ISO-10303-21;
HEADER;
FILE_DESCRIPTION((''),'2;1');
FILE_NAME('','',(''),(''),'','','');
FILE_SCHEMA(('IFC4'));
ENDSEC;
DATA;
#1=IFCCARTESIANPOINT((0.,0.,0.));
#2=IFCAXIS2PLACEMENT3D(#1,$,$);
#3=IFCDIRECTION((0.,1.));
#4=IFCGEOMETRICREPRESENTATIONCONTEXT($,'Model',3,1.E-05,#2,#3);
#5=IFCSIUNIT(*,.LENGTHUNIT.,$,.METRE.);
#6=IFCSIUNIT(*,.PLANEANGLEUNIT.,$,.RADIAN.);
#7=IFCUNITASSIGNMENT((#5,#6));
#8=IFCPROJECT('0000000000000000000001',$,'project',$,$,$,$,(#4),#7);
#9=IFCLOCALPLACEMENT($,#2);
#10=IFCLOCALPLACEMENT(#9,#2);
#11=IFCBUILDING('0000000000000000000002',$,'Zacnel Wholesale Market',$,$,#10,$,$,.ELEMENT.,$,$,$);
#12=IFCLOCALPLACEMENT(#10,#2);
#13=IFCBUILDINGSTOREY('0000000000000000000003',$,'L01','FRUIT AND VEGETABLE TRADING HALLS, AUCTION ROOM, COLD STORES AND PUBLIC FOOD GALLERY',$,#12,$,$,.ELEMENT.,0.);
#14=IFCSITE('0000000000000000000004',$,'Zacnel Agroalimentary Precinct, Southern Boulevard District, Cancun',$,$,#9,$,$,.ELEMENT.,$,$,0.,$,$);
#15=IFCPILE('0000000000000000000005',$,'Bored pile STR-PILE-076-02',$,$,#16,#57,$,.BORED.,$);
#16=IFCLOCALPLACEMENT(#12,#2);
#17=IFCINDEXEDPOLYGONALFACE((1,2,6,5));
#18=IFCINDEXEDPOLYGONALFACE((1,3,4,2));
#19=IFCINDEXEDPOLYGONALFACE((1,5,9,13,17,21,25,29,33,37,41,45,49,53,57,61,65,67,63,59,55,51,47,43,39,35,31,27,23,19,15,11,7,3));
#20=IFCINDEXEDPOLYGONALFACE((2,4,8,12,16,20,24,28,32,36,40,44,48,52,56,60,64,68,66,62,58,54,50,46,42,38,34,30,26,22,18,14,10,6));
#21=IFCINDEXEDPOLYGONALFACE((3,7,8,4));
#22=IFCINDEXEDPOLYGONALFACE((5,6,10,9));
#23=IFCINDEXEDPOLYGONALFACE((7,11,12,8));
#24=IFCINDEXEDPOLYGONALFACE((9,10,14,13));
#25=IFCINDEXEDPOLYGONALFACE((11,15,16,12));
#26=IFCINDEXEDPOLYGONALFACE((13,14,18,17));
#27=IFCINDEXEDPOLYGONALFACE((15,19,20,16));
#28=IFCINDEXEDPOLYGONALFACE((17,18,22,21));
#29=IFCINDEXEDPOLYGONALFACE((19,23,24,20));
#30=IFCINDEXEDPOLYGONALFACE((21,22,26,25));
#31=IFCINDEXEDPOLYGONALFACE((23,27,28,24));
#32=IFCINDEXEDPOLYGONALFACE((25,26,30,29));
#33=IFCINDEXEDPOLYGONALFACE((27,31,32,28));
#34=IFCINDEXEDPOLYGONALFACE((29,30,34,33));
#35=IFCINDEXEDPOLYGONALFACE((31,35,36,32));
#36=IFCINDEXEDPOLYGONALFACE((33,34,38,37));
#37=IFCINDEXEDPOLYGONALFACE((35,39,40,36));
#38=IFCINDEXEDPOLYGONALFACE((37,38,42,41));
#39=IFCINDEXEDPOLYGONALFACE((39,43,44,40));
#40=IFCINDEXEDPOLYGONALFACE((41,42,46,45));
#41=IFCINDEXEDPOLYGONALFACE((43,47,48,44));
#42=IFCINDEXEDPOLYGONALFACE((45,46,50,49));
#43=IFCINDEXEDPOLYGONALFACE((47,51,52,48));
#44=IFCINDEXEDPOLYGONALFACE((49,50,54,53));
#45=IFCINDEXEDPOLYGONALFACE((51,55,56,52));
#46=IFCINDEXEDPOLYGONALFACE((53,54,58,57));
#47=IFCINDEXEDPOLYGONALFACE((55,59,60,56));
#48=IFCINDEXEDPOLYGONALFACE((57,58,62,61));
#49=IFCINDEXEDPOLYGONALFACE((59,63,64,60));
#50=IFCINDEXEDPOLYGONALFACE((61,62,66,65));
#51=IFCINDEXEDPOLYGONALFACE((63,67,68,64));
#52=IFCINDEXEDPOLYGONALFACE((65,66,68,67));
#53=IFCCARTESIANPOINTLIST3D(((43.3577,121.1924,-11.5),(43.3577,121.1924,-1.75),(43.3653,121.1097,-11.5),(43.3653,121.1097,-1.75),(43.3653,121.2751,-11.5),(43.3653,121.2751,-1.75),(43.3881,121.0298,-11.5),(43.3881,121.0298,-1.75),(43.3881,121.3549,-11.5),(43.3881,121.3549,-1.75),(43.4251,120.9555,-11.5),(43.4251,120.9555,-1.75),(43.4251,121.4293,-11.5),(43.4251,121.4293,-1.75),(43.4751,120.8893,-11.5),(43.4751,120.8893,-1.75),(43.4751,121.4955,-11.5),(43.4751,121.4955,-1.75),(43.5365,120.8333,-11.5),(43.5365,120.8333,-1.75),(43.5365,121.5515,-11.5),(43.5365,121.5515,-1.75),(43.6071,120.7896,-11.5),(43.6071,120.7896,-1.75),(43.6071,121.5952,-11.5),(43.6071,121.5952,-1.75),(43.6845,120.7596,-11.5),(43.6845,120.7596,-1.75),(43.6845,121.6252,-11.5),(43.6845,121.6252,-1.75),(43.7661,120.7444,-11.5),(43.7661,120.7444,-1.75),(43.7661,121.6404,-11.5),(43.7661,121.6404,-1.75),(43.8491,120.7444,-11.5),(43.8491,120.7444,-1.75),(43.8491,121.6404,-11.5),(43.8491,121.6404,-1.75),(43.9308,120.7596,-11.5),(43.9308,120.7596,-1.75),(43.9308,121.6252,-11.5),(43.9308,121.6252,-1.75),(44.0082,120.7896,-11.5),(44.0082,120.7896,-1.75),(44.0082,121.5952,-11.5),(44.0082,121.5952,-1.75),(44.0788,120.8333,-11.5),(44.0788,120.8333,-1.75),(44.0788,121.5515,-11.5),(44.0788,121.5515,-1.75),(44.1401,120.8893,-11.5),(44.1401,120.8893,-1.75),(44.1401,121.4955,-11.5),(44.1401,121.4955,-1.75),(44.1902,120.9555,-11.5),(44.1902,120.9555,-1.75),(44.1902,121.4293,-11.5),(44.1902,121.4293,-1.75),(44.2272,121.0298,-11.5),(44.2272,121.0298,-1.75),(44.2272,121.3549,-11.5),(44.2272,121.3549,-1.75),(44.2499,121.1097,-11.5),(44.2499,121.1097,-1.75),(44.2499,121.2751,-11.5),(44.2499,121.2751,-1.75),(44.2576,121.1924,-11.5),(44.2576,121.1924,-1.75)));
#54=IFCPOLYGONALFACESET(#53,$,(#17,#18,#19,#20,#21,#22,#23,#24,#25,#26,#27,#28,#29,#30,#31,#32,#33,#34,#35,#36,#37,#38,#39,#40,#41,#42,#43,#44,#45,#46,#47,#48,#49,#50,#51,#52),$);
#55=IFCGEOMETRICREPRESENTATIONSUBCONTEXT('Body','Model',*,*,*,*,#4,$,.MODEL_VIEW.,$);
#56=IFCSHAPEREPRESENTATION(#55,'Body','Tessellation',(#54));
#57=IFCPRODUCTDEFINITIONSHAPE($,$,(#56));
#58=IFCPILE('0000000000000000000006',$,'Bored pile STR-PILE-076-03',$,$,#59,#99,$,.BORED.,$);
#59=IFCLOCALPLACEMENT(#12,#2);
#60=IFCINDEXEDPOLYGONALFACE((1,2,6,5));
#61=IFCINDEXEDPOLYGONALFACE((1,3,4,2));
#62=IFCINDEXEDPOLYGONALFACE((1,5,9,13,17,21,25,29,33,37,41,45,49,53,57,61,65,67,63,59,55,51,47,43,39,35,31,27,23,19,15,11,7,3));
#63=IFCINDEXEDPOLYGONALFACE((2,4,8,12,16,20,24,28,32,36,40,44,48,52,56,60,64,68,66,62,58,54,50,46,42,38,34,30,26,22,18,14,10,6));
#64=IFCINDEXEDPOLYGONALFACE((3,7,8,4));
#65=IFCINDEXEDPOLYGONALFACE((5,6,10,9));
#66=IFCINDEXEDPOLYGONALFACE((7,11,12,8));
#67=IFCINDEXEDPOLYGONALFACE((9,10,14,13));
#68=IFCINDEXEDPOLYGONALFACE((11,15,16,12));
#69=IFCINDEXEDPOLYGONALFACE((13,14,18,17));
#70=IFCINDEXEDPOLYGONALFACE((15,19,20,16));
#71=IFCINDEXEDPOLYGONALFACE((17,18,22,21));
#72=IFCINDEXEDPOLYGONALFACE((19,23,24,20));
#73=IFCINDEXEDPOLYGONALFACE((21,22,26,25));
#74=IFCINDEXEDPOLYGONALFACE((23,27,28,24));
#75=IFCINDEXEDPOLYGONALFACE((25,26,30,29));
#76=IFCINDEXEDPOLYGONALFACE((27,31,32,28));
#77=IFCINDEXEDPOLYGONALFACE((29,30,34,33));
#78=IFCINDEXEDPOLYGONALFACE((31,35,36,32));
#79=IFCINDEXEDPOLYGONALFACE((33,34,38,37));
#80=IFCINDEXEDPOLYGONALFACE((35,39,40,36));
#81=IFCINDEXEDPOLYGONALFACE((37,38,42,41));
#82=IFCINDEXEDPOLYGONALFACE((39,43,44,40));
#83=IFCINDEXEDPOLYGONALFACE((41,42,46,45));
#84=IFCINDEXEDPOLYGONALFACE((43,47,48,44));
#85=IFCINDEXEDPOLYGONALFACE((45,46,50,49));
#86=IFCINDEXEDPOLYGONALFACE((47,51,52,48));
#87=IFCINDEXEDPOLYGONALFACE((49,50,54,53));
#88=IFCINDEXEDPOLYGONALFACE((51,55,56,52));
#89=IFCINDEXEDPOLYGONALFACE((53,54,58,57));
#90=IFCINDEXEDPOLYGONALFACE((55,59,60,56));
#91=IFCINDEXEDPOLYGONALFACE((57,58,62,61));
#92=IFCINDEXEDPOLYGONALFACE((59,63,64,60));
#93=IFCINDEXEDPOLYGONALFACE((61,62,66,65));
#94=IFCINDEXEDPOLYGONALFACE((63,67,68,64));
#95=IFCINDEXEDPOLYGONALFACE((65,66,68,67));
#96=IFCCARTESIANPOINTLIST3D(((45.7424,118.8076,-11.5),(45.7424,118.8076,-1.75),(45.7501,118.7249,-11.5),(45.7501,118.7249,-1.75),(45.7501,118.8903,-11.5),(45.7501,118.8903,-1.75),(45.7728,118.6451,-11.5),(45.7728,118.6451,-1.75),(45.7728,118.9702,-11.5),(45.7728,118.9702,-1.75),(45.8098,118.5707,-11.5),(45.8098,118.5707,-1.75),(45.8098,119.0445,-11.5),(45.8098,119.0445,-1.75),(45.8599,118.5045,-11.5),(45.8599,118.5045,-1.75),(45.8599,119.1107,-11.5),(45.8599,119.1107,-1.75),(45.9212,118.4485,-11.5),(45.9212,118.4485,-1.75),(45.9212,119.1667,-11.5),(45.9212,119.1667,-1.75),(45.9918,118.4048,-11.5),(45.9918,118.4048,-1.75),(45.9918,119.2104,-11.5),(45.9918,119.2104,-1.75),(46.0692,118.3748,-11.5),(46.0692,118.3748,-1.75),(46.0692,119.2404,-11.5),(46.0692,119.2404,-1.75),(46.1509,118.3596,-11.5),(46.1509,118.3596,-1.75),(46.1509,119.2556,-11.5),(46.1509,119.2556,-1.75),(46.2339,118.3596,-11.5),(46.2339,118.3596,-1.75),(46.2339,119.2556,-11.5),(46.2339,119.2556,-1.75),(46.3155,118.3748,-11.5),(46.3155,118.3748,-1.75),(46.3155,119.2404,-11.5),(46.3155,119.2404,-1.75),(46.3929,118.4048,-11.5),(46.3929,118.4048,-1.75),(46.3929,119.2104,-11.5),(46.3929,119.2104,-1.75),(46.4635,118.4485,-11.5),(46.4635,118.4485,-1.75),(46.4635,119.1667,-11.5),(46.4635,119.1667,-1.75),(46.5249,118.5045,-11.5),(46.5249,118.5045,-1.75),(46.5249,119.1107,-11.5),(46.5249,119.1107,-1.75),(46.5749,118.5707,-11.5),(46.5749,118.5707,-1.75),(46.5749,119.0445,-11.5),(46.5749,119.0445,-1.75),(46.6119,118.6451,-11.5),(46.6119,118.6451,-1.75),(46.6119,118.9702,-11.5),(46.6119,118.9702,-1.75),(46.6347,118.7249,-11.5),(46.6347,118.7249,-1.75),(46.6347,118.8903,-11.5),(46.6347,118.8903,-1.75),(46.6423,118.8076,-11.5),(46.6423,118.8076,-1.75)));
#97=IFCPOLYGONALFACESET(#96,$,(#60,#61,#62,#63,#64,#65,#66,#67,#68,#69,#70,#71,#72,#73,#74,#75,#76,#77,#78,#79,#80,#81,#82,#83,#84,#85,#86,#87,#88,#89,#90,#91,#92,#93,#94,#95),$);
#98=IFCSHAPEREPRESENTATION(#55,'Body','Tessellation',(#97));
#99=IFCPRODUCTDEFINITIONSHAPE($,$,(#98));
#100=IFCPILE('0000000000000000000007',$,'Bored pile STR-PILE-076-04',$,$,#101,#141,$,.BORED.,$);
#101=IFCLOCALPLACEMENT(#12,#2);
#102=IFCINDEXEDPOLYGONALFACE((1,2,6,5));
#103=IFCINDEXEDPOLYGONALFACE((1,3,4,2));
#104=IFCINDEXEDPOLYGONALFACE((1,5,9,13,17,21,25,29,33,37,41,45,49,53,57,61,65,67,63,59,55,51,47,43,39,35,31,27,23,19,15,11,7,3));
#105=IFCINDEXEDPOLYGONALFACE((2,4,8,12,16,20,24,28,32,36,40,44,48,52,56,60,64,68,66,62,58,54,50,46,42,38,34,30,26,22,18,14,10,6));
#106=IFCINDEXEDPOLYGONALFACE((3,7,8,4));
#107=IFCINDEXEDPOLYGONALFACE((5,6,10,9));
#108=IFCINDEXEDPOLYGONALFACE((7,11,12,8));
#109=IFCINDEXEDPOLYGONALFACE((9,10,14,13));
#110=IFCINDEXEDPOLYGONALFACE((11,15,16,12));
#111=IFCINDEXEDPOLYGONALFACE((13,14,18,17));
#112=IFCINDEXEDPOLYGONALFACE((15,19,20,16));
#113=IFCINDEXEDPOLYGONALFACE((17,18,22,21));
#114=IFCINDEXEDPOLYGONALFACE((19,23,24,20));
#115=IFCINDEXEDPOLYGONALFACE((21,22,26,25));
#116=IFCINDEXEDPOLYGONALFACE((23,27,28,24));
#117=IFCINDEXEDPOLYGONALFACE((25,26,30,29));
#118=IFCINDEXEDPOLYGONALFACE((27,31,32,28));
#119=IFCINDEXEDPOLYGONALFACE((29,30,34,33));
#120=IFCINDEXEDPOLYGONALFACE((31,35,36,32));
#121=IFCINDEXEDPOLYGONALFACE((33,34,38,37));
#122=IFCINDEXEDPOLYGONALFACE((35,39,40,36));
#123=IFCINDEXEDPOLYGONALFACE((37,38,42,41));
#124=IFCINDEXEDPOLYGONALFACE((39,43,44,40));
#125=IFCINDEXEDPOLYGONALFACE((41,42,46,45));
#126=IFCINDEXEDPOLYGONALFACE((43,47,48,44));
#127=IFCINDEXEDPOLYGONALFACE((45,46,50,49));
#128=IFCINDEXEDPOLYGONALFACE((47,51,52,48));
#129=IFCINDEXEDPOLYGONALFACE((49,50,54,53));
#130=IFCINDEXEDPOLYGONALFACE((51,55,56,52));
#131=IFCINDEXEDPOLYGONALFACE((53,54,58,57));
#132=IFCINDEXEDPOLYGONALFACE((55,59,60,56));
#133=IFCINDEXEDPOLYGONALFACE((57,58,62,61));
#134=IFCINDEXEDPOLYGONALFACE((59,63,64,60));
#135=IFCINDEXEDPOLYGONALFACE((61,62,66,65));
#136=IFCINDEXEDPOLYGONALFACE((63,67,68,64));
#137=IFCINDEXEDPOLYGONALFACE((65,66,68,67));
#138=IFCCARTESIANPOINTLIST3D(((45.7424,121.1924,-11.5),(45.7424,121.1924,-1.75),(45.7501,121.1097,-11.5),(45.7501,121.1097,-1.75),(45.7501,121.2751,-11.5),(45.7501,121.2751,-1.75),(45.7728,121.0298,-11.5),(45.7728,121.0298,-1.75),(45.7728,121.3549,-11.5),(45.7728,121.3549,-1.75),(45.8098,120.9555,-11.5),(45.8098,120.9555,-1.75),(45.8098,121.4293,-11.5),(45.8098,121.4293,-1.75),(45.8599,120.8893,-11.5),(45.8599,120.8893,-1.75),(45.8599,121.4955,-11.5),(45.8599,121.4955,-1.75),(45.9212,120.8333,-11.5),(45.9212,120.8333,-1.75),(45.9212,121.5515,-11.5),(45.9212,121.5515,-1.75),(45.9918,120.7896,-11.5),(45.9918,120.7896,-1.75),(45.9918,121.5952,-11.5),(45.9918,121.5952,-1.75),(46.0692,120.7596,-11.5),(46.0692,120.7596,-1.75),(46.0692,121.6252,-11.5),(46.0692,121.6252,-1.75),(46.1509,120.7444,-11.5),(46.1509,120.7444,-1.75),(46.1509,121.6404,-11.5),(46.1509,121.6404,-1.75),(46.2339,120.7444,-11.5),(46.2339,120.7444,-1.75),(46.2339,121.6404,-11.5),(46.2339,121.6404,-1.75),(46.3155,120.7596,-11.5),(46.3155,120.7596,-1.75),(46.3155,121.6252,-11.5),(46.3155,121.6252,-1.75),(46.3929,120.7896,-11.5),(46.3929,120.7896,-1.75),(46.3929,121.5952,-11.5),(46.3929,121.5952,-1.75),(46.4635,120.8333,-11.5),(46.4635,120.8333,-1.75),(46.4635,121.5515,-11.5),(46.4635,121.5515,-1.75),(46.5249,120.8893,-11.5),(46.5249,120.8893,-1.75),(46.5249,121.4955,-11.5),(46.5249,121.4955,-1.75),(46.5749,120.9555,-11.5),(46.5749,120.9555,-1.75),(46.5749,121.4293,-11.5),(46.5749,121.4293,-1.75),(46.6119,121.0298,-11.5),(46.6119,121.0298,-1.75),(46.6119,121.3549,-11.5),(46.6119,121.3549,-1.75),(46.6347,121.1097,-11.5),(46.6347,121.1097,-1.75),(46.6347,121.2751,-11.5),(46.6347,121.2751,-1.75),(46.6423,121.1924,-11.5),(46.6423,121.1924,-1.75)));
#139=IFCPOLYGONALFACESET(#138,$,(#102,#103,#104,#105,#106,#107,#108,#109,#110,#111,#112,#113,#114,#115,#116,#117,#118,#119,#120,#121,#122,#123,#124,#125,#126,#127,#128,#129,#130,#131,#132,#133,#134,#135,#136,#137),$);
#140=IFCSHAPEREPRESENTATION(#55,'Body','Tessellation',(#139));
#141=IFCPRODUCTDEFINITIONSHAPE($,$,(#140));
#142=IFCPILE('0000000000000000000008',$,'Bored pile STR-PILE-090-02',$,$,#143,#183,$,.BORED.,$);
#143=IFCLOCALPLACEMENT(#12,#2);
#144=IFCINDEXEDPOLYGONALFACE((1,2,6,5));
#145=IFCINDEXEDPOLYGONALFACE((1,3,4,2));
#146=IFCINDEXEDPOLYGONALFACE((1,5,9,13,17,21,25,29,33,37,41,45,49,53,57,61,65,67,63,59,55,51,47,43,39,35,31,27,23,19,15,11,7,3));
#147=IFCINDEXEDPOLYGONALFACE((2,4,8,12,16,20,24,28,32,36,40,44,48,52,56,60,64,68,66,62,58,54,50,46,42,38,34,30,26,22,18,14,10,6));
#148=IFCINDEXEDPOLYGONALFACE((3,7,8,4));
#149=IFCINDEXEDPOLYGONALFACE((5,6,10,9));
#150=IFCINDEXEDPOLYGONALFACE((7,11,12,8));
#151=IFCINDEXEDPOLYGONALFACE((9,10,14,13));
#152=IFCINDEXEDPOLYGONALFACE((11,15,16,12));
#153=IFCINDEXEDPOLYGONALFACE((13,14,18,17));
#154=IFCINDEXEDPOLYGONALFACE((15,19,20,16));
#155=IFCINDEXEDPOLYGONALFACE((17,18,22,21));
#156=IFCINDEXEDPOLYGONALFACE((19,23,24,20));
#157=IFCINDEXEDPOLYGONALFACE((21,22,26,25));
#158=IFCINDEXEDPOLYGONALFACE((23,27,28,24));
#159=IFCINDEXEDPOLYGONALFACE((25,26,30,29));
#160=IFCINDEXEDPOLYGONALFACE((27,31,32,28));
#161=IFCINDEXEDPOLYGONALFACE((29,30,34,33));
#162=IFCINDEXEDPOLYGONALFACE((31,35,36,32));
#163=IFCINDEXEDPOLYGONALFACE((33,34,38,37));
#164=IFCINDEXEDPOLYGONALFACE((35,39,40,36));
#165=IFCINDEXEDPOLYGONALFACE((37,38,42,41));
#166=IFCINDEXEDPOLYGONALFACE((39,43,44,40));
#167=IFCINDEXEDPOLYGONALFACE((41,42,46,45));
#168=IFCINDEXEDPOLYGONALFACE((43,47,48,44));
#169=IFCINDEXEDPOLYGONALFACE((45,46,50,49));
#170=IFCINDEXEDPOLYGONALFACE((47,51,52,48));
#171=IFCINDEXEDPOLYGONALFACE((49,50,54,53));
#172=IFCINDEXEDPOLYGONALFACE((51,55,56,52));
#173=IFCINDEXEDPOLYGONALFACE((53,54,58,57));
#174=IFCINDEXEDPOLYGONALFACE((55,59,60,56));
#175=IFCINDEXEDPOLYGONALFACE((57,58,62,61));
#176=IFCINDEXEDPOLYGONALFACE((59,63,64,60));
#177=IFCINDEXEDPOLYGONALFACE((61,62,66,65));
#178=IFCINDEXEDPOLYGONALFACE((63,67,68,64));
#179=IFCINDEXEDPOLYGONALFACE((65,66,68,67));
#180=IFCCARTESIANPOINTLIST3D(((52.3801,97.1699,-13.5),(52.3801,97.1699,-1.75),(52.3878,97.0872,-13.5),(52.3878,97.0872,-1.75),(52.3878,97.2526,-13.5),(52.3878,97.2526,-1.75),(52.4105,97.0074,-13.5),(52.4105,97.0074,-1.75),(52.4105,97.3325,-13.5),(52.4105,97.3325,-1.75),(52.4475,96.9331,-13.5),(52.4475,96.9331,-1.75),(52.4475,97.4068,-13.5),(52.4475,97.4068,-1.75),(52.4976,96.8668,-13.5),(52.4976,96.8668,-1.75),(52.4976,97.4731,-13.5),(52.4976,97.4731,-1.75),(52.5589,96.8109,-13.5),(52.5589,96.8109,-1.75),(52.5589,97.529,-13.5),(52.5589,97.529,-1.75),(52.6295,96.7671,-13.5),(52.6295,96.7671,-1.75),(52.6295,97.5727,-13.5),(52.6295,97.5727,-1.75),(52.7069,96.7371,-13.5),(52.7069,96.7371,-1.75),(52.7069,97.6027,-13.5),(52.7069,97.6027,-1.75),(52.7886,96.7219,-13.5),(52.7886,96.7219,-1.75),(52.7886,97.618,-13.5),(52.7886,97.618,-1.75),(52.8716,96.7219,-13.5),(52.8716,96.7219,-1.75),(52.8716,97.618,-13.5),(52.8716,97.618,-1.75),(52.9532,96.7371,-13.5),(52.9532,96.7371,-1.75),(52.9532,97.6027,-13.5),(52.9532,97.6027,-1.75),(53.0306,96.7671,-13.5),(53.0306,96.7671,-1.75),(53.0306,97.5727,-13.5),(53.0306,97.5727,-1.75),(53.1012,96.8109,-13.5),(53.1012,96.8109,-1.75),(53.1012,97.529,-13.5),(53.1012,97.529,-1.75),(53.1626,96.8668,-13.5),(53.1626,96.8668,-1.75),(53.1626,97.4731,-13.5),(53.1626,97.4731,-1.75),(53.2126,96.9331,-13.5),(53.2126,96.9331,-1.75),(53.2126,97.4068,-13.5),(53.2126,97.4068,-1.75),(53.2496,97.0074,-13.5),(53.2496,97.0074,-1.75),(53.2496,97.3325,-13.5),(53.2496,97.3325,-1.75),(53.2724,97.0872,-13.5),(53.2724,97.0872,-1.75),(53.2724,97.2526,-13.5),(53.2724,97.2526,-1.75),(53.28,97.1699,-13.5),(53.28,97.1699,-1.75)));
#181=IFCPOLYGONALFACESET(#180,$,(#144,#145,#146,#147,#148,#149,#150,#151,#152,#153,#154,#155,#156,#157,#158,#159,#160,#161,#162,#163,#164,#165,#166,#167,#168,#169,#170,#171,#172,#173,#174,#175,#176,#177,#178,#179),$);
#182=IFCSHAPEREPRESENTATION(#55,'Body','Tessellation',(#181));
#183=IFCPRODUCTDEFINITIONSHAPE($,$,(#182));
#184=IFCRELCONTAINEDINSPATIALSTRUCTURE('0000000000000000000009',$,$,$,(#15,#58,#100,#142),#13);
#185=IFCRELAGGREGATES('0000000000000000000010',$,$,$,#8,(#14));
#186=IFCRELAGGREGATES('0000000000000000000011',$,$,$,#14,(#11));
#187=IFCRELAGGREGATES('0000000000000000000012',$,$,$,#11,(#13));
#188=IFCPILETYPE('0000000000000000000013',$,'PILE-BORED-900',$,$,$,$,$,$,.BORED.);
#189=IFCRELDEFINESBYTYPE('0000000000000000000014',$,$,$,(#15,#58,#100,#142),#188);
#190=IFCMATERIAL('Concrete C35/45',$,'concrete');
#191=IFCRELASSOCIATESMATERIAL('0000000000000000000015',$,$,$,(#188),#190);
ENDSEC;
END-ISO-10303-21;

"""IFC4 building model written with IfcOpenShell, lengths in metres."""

from ifc_helpers import new_model, si_unit, direction, frame, origin, origin_2d, place, context, subcontext, project, spatial, circle, extrude, material, material_profile, profile_set, type_object, element, save


model = new_model("IFC4")

# Units and contexts
model_context = context("Model", 3, precision=1e-05, world=origin(), true_north=direction((0.0, 1.0)))
body_context = subcontext(model_context, "Body", "Model", "MODEL_VIEW")
ifc_project = project(units=[si_unit("LENGTHUNIT", "METRE"), si_unit("PLANEANGLEUNIT", "RADIAN")], contexts=[model_context])

# Site, building, storey
site_placement = place(None, origin())
site = spatial("IfcSite", under=ifc_project, at=site_placement, Name="Zacnel Agroalimentary Precinct, Southern Boulevard District, Cancun", CompositionType="ELEMENT", RefElevation=0.0)
building_placement = place(site_placement, origin())
building = spatial("IfcBuilding", under=site, at=building_placement, Name="Zacnel Wholesale Market", CompositionType="ELEMENT")
storey_placement = place(building_placement, origin())
storey = spatial("IfcBuildingStorey", under=building, at=storey_placement, Name="L01", Description="FRUIT AND VEGETABLE TRADING HALLS, AUCTION ROOM, COLD STORES AND PUBLIC FOOD GALLERY", CompositionType="ELEMENT", Elevation=0.0)

# Piles
ifc_material_1 = material(Name="Concrete C35/45", Category="concrete")
ifc_material_profile_1 = material_profile(ifc_material_1, circle(Radius=0.45, at=origin_2d()), Name="BORED PILE D900")
ifc_profile_set_1 = profile_set([ifc_material_profile_1], Name="Concrete C35/45")
pile_type = type_object("IfcPileType", Name="PILE-BORED-900", PredefinedType="BORED", material=ifc_profile_set_1)
for number, where, z_axis, x_axis, name in (
    (1, (43.8076, 121.1924, -1.75), (0.0, 0.0, -1.0), (1.0, 0.0, 0.0), "Bored pile STR-PILE-076-02"),
    (2, (46.1924, 118.8076, -1.75), (0.0, 0.0, -1.0), (1.0, 0.0, 0.0), "Bored pile STR-PILE-076-03"),
    (3, (46.1924, 121.1924, -1.75), (0.0, 0.0, -1.0), (1.0, 0.0, 0.0), "Bored pile STR-PILE-076-04"),
):
    element("IfcPile", number, at=place(storey_placement, frame(where, z_axis=z_axis, x_axis=x_axis)), inside=storey, type_object=pile_type, Name=name, PredefinedType="BORED", context=body_context, shape_type="SweptSolid", body=[
        extrude(circle(Radius=0.45, at=origin_2d()), origin(), (0.0, 0.0, 1.0), 9.75),
    ])
pile_1_placement = place(storey_placement, frame((52.8301, 97.1699, -1.75), z_axis=(0.0, 0.0, -1.0), x_axis=(1.0, 0.0, 0.0)))
element("IfcPile", 4, at=pile_1_placement, inside=storey, type_object=pile_type, Name="Bored pile STR-PILE-090-02", PredefinedType="BORED", context=body_context, shape_type="SweptSolid", body=[
    extrude(circle(Radius=0.45, at=origin_2d()), origin(), (0.0, 0.0, 1.0), 11.75),
])

save(model, "model.ifc")
